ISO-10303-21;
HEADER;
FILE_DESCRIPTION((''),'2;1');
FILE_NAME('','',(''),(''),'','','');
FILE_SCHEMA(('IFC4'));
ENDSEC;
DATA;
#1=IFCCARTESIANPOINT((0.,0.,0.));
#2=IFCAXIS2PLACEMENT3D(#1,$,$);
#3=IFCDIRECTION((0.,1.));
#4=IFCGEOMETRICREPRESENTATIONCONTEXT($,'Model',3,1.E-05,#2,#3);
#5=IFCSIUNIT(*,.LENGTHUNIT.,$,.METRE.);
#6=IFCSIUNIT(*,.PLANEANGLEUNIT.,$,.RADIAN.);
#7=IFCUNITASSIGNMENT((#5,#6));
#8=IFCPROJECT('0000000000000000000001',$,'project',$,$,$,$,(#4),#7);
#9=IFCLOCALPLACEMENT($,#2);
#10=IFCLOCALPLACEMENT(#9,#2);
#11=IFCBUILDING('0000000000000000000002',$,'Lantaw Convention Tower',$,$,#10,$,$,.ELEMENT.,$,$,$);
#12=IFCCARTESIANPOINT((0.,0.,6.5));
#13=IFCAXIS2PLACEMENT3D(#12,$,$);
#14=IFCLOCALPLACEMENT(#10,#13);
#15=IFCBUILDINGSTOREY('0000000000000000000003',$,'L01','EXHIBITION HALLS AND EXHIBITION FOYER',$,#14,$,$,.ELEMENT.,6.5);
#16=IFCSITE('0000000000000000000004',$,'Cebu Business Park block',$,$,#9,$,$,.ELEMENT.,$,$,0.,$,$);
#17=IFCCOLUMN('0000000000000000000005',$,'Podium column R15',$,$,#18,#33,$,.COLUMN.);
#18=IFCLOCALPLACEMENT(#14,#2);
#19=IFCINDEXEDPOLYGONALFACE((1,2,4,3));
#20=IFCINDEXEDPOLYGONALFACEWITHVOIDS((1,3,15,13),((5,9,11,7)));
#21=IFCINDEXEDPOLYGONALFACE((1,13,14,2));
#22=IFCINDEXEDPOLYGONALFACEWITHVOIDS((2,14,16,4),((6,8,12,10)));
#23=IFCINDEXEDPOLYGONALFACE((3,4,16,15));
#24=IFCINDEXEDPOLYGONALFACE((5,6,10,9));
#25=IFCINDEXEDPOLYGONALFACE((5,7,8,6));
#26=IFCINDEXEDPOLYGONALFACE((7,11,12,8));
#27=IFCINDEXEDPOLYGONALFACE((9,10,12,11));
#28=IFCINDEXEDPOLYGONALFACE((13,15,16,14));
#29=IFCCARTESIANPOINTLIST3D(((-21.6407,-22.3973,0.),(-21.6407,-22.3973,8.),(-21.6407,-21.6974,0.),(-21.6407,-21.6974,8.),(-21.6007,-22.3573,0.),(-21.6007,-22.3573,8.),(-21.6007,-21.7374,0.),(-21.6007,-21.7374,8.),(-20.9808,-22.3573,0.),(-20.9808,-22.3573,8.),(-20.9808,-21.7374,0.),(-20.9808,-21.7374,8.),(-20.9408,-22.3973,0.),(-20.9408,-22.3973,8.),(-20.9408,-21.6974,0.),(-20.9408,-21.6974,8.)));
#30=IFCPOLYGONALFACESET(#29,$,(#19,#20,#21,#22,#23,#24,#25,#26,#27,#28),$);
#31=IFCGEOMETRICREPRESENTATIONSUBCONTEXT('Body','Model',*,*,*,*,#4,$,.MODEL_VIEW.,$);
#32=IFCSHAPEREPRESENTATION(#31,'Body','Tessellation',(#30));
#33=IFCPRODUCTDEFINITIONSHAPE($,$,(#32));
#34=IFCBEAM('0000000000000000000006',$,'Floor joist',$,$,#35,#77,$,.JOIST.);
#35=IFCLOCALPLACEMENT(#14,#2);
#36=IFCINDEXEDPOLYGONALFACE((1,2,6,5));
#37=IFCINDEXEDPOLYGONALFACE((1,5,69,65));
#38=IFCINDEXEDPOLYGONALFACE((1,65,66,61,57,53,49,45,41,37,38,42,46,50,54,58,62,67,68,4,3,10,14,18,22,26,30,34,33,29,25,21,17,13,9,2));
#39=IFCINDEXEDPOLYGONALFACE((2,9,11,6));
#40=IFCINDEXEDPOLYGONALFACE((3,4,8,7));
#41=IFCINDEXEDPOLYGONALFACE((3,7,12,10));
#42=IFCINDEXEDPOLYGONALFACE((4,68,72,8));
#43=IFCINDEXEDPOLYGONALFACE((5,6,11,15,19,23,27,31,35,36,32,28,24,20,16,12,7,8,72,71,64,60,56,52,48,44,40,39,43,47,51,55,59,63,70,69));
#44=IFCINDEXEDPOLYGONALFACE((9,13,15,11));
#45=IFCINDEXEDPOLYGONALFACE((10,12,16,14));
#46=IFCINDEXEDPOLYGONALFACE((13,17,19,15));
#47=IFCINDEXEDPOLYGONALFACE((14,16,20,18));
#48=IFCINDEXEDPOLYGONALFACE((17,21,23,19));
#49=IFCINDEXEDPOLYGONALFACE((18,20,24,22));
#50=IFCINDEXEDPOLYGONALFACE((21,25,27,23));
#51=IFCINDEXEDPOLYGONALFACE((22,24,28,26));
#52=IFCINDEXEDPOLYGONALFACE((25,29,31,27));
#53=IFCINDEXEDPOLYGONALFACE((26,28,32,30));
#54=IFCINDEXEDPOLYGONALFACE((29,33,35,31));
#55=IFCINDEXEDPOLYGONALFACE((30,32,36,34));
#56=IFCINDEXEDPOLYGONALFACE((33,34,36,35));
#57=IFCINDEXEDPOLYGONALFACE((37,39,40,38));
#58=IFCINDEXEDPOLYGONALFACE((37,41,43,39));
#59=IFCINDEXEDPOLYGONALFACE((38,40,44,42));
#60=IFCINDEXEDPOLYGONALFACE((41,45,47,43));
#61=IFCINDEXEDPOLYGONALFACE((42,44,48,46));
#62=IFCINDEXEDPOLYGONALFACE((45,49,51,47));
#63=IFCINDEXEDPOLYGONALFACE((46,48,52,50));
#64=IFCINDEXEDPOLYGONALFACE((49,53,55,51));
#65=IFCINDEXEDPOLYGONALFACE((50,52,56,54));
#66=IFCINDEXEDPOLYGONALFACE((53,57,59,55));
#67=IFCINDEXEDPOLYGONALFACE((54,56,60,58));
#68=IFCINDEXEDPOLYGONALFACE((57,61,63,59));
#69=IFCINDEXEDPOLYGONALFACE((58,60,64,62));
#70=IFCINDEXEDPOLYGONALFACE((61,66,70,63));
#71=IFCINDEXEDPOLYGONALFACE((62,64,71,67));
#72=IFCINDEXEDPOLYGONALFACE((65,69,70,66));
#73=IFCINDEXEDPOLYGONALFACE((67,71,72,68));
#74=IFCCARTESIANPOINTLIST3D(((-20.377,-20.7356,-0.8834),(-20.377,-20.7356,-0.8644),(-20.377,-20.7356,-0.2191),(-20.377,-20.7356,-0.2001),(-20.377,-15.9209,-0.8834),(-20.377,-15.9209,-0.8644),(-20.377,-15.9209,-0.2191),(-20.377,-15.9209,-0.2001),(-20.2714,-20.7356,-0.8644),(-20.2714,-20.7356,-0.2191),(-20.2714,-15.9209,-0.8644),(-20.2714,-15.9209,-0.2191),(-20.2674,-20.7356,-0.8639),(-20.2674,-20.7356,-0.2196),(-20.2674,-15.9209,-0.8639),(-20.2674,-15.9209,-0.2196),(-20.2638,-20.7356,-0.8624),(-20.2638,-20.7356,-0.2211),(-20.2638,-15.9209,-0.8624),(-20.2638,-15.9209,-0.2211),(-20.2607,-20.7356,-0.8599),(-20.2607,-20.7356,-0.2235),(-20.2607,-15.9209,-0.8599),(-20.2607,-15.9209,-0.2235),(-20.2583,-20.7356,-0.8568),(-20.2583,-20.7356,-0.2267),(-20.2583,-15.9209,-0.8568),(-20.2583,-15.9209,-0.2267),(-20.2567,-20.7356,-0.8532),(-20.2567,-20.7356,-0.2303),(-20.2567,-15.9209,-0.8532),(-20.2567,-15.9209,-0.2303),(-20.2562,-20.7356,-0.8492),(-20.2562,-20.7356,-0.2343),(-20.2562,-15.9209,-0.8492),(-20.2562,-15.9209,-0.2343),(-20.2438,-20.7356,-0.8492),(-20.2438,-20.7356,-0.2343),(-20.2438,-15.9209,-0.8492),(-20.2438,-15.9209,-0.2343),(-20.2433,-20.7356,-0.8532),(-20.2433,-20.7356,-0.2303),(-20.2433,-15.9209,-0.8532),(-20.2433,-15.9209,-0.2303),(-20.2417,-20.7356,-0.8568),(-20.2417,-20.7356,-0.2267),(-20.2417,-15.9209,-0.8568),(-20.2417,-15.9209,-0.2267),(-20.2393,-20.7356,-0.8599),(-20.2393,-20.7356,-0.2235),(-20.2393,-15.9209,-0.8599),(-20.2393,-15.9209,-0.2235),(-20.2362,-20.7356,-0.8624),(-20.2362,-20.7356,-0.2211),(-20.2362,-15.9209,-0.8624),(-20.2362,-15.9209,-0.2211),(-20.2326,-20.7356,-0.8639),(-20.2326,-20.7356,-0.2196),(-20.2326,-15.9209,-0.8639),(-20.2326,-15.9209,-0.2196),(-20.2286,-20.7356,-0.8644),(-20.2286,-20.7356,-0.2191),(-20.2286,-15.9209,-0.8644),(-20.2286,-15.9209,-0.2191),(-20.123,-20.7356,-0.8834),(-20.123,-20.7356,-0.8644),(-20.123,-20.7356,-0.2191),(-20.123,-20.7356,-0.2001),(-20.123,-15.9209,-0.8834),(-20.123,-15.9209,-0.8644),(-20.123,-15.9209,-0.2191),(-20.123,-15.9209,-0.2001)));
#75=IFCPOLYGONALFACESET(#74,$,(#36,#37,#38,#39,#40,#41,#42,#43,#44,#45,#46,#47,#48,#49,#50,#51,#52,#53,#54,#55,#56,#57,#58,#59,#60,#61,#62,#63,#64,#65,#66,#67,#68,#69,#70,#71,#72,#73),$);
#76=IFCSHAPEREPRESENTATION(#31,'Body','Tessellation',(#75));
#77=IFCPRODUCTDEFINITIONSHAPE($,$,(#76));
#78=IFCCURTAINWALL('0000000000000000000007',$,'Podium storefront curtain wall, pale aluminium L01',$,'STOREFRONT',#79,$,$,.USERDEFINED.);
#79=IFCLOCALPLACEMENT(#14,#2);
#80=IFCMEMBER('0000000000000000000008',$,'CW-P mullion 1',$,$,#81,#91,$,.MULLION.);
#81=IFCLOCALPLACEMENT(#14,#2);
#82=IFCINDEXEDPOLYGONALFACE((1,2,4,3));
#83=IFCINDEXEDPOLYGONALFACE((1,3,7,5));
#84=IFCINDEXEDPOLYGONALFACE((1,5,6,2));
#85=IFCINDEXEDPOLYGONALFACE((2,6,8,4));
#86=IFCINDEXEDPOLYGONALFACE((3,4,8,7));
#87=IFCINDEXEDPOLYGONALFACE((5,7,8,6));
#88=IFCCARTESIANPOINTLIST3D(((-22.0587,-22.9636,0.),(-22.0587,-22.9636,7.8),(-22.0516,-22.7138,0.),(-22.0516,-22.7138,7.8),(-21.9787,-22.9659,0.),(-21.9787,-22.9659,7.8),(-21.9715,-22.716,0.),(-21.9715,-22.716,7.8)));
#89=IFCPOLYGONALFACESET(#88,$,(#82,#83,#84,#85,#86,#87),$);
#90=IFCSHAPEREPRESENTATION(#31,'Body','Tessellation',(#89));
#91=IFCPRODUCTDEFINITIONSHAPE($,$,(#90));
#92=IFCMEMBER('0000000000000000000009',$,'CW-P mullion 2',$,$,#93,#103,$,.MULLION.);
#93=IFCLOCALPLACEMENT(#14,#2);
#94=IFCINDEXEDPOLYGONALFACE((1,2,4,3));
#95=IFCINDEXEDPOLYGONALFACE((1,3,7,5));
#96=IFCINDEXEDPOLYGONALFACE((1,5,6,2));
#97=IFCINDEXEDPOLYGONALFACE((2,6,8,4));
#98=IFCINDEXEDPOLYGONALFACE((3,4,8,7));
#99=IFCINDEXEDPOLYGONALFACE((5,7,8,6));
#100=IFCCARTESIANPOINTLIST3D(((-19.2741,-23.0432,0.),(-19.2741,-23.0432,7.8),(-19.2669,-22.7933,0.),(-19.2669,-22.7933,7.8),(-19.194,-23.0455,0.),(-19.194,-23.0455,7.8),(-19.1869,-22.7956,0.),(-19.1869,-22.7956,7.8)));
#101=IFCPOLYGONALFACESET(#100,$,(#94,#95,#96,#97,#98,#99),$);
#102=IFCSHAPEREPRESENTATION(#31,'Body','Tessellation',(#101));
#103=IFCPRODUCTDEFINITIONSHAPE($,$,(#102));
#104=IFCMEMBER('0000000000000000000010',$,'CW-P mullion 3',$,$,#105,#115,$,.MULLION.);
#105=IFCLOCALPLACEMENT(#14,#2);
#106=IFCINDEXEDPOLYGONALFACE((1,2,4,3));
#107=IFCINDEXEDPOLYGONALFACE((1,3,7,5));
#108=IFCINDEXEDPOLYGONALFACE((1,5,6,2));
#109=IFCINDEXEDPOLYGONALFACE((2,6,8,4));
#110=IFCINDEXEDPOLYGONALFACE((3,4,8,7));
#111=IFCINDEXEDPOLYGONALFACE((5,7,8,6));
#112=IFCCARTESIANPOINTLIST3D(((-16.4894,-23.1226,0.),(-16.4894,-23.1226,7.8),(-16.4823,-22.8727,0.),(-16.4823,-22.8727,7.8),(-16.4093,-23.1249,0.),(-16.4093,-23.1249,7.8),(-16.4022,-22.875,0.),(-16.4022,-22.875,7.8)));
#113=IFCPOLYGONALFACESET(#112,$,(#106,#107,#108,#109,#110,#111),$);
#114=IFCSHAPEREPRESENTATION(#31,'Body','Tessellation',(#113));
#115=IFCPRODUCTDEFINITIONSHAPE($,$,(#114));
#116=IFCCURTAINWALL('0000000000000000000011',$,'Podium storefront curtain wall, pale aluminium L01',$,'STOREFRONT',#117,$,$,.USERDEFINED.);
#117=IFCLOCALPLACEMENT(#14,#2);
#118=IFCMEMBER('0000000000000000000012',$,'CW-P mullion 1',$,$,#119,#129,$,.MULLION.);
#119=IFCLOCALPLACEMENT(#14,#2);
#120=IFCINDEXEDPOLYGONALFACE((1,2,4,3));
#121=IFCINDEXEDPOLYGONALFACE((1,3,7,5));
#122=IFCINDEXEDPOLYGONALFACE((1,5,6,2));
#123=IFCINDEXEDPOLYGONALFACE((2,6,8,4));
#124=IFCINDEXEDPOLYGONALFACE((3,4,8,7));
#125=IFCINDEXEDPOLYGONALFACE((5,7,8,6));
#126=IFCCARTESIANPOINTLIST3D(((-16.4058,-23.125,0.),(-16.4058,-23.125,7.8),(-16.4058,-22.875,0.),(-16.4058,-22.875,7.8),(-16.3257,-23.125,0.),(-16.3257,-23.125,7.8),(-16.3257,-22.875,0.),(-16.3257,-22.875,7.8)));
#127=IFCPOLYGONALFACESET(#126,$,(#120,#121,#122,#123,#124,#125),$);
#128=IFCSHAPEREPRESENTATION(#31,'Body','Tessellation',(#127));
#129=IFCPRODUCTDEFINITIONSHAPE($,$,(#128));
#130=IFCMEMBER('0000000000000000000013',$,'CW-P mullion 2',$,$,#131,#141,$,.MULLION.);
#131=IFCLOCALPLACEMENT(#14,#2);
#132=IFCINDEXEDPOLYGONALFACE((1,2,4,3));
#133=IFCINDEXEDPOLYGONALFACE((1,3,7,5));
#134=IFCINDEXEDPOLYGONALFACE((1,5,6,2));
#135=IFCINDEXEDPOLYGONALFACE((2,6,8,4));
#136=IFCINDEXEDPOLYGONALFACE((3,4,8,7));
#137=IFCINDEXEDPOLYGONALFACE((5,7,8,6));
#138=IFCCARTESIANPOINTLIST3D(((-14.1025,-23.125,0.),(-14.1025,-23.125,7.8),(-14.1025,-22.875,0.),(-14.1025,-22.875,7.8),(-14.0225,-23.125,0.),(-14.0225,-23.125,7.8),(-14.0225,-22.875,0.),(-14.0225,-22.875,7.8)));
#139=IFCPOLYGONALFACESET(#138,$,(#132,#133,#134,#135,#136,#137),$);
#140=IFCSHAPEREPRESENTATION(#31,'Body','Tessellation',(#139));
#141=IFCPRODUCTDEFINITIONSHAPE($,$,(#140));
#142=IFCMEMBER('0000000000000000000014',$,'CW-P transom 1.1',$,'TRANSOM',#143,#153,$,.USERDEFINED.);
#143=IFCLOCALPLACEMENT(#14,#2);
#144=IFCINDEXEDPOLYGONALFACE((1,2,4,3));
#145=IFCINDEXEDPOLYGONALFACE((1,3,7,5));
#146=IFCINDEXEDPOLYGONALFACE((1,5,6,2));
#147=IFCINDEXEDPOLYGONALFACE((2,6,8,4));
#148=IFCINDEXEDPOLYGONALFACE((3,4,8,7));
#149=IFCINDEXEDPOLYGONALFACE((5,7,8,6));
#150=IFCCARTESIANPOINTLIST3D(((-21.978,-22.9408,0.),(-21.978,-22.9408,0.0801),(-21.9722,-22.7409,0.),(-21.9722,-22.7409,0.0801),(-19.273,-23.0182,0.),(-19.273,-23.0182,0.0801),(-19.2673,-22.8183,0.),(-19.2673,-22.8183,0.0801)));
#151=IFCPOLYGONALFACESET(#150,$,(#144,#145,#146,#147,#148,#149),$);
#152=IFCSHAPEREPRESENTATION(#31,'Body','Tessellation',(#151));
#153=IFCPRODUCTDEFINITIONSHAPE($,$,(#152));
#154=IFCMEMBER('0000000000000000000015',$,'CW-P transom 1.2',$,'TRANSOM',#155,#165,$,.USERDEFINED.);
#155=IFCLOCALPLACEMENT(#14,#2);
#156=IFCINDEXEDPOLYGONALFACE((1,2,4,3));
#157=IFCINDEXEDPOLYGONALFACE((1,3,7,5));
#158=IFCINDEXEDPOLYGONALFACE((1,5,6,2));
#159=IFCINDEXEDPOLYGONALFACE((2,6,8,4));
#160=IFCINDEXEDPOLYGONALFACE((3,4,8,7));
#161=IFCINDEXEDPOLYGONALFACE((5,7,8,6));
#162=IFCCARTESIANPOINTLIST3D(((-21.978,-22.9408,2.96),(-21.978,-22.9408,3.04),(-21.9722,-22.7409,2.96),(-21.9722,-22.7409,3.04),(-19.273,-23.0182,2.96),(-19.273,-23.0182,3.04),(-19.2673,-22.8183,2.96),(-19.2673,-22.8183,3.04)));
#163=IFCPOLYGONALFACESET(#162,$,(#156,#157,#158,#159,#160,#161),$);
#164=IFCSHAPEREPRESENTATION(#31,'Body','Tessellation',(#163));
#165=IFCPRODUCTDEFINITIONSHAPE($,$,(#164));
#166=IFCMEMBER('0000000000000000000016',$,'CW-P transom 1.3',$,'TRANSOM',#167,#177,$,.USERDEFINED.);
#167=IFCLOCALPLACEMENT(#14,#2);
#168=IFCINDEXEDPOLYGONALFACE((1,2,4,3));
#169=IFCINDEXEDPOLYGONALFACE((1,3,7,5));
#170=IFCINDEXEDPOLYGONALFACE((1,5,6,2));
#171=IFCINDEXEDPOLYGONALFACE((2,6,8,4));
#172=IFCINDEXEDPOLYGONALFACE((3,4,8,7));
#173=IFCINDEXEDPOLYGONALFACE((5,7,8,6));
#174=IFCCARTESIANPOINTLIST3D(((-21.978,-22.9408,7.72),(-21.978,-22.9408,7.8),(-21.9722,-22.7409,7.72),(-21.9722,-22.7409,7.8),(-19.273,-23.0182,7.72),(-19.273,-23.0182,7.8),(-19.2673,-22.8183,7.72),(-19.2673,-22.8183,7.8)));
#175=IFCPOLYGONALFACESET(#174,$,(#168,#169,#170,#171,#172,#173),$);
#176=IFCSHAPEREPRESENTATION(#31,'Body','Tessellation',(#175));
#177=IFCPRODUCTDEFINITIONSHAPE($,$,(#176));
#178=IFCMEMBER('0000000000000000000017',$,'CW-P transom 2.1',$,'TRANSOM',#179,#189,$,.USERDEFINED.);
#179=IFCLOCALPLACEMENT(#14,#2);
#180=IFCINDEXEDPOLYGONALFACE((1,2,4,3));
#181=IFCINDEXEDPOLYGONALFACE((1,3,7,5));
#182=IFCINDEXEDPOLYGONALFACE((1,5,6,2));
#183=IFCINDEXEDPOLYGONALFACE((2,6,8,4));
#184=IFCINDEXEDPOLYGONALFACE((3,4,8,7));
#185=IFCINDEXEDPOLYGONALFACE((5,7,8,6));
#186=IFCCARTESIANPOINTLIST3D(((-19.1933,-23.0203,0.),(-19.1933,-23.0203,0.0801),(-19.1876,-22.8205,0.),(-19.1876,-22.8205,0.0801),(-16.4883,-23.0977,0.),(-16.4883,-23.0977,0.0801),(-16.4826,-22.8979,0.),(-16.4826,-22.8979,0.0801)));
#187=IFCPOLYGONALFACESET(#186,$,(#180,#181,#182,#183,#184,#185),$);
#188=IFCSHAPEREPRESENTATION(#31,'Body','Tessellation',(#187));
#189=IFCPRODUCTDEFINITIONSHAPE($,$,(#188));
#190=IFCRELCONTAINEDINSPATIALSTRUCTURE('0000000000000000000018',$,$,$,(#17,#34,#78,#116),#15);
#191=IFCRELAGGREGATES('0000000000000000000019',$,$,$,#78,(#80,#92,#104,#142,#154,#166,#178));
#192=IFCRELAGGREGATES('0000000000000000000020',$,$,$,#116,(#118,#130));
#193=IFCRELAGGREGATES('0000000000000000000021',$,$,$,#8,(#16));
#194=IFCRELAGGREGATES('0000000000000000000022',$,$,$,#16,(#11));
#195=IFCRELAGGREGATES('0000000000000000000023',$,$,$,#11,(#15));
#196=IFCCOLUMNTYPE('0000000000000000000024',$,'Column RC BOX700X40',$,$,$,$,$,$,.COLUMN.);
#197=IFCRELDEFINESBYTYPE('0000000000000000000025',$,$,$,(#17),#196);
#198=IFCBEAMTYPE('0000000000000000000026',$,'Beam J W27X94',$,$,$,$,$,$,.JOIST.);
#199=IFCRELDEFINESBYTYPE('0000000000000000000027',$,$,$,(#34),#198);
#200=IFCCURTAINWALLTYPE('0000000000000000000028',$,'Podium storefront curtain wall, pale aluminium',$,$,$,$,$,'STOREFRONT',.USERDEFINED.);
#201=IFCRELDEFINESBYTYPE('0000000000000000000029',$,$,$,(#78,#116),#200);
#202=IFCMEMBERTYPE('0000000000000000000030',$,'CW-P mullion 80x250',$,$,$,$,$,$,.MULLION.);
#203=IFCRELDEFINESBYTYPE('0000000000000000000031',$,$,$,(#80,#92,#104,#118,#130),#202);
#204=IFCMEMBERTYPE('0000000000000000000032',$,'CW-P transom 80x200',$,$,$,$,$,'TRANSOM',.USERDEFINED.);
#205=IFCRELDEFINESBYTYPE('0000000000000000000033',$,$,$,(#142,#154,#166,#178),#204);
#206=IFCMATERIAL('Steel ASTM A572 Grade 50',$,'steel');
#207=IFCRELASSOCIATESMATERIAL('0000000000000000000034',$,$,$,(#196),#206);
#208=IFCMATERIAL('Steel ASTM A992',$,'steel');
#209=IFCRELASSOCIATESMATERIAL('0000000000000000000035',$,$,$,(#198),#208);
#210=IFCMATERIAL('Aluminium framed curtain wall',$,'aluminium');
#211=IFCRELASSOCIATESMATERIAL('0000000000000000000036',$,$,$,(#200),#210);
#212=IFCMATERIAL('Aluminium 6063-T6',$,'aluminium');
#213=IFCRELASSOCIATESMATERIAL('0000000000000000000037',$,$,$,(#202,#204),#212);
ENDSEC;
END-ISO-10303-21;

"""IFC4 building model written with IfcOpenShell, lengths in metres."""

from ifc_helpers import new_model, si_unit, direction, frame, origin, origin_2d, place, context, subcontext, project, spatial, rectangle, hollow_rectangle, i_section, extrude, material, material_profile, profile_set, type_object, element, aggregate, save


model = new_model("IFC4")

# Units and contexts
model_context = context("Model", 3, precision=1e-05, world=origin(), true_north=direction((0.0, 1.0)))
body_context = subcontext(model_context, "Body", "Model", "MODEL_VIEW")
ifc_project = project(units=[si_unit("LENGTHUNIT", "METRE"), si_unit("PLANEANGLEUNIT", "RADIAN")], contexts=[model_context])

# Site, building, storey
site_placement = place(None, origin())
site = spatial("IfcSite", under=ifc_project, at=site_placement, Name="Cebu Business Park block", CompositionType="ELEMENT", RefElevation=0.0)
building_placement = place(site_placement, origin())
building = spatial("IfcBuilding", under=site, at=building_placement, Name="Lantaw Convention Tower", CompositionType="ELEMENT")
storey_placement = place(building_placement, frame((0.0, 0.0, 6.5)))
storey = spatial("IfcBuildingStorey", under=building, at=storey_placement, Name="L01", Description="EXHIBITION HALLS AND EXHIBITION FOYER", CompositionType="ELEMENT", Elevation=6.5)

# Column
ifc_material_1 = material(Name="Steel ASTM A572 Grade 50", Category="steel")
ifc_material_profile_1 = material_profile(ifc_material_1, hollow_rectangle(XDim=0.7, YDim=0.7, WallThickness=0.04, at=origin_2d()), Name="BOX700X40")
ifc_profile_set_1 = profile_set([ifc_material_profile_1], Name="Steel ASTM A572 Grade 50")
column_type = type_object("IfcColumnType", Name="Column RC BOX700X40", PredefinedType="COLUMN", material=ifc_profile_set_1)
column_placement = place(storey_placement, frame((-21.2908, -22.0474, 0.0), z_axis=(0.0, 0.0, 1.0), x_axis=(1.0, 0.0, 0.0)))
element("IfcColumn", 1, at=column_placement, inside=storey, type_object=column_type, Name="Podium column R15", PredefinedType="COLUMN", context=body_context, shape_type="SweptSolid", body=[
    extrude(hollow_rectangle(XDim=0.7, YDim=0.7, WallThickness=0.04, at=origin_2d()), origin(), (0.0, 0.0, 1.0), 8.0),
])

# Beam
ifc_material_2 = material(Name="Steel ASTM A992", Category="steel")
ifc_material_profile_2 = material_profile(ifc_material_2, i_section(OverallWidth=0.2539, OverallDepth=0.6833, WebThickness=0.0125, FlangeThickness=0.019, FilletRadius=0.0151, at=origin_2d()), Name="W27X94")
ifc_profile_set_2 = profile_set([ifc_material_profile_2], Name="Steel ASTM A992")
beam_type = type_object("IfcBeamType", Name="Beam J W27X94", PredefinedType="JOIST", material=ifc_profile_set_2)
beam_placement = place(storey_placement, frame((-20.25, -20.7356, -0.5417), z_axis=(0.0, 1.0, 0.0), x_axis=(-1.0, 0.0, 0.0)))
element("IfcBeam", 2, at=beam_placement, inside=storey, type_object=beam_type, Name="Floor joist", PredefinedType="JOIST", context=body_context, shape_type="SweptSolid", body=[
    extrude(i_section(OverallWidth=0.2539, OverallDepth=0.6833, WebThickness=0.0125, FlangeThickness=0.019, FilletRadius=0.0151, at=origin_2d()), origin(), (0.0, 0.0, 1.0), 4.8147),
])

# Curtain walls, members
ifc_material_3 = material(Name="Aluminium framed curtain wall", Category="aluminium")
curtain_wall_type = type_object("IfcCurtainWallType", Name="Podium storefront curtain wall, pale aluminium", ElementType="STOREFRONT", PredefinedType="USERDEFINED", material=ifc_material_3)
curtain_wall_1_placement = place(storey_placement, origin())
curtain_wall_1 = element("IfcCurtainWall", 3, at=curtain_wall_1_placement, inside=storey, type_object=curtain_wall_type, Name="Podium storefront curtain wall, pale aluminium L01", ObjectType="STOREFRONT", PredefinedType="USERDEFINED")
ifc_material_4 = material(Name="Aluminium 6063-T6", Category="aluminium")
ifc_material_profile_3 = material_profile(ifc_material_4, rectangle(XDim=0.25, YDim=0.0801, at=origin_2d()), Name="CW-P mullion 80x250")
ifc_profile_set_3 = profile_set([ifc_material_profile_3], Name="Aluminium 6063-T6")
member_type_1 = type_object("IfcMemberType", Name="CW-P mullion 80x250", PredefinedType="MULLION", material=ifc_profile_set_3)
member_1_placement = place(storey_placement, frame((-22.0151, -22.8398, 0.0), z_axis=(0.0, 0.0, 1.0), x_axis=(0.028552, 0.999592, 0.0)))
member_1 = element("IfcMember", 4, at=member_1_placement, type_object=member_type_1, Name="CW-P mullion 1", PredefinedType="MULLION", context=body_context, shape_type="SweptSolid", body=[
    extrude(rectangle(XDim=0.25, YDim=0.0801, at=origin_2d()), origin(), (0.0, 0.0, 1.0), 7.8),
])
member_2_placement = place(storey_placement, frame((-19.2305, -22.9194, 0.0), z_axis=(0.0, 0.0, 1.0), x_axis=(0.028552, 0.999592, 0.0)))
member_2 = element("IfcMember", 5, at=member_2_placement, type_object=member_type_1, Name="CW-P mullion 2", PredefinedType="MULLION", context=body_context, shape_type="SweptSolid", body=[
    extrude(rectangle(XDim=0.25, YDim=0.0801, at=origin_2d()), origin(), (0.0, 0.0, 1.0), 7.8),
])
member_3_placement = place(storey_placement, frame((-16.4458, -22.9988, 0.0), z_axis=(0.0, 0.0, 1.0), x_axis=(0.028552, 0.999592, 0.0)))
member_3 = element("IfcMember", 6, at=member_3_placement, type_object=member_type_1, Name="CW-P mullion 3", PredefinedType="MULLION", context=body_context, shape_type="SweptSolid", body=[
    extrude(rectangle(XDim=0.25, YDim=0.0801, at=origin_2d()), origin(), (0.0, 0.0, 1.0), 7.8),
])
curtain_wall_2_placement = place(storey_placement, origin())
curtain_wall_2 = element("IfcCurtainWall", 7, at=curtain_wall_2_placement, inside=storey, type_object=curtain_wall_type, Name="Podium storefront curtain wall, pale aluminium L01", ObjectType="STOREFRONT", PredefinedType="USERDEFINED")
member_4_placement = place(storey_placement, frame((-16.3657, -23.0, 0.0), z_axis=(0.0, 0.0, 1.0), x_axis=(0.0, 1.0, 0.0)))
member_4 = element("IfcMember", 8, at=member_4_placement, type_object=member_type_1, Name="CW-P mullion 1", PredefinedType="MULLION", context=body_context, shape_type="SweptSolid", body=[
    extrude(rectangle(XDim=0.25, YDim=0.0801, at=origin_2d()), origin(), (0.0, 0.0, 1.0), 7.8),
])
member_5_placement = place(storey_placement, frame((-14.0625, -23.0, 0.0), z_axis=(0.0, 0.0, 1.0), x_axis=(0.0, 1.0, 0.0)))
member_5 = element("IfcMember", 9, at=member_5_placement, type_object=member_type_1, Name="CW-P mullion 2", PredefinedType="MULLION", context=body_context, shape_type="SweptSolid", body=[
    extrude(rectangle(XDim=0.25, YDim=0.0801, at=origin_2d()), origin(), (0.0, 0.0, 1.0), 7.8),
])

# Members
ifc_material_profile_4 = material_profile(ifc_material_4, rectangle(XDim=0.2, YDim=0.0801, at=origin_2d()), Name="CW-P transom 80x200")
ifc_profile_set_4 = profile_set([ifc_material_profile_4], Name="Aluminium 6063-T6")
member_type_2 = type_object("IfcMemberType", Name="CW-P transom 80x200", ElementType="TRANSOM", PredefinedType="USERDEFINED", material=ifc_profile_set_4)
member_6_placement = place(storey_placement, frame((-21.9751, -22.8408, 0.04), z_axis=(0.999591, -0.028601, 0.0), x_axis=(0.028601, 0.999591, 0.0)))
member_6 = element("IfcMember", 10, at=member_6_placement, type_object=member_type_2, Name="CW-P transom 1.1", ObjectType="TRANSOM", PredefinedType="USERDEFINED", context=body_context, shape_type="SweptSolid", body=[
    extrude(rectangle(XDim=0.2, YDim=0.0801, at=origin_2d()), origin(), (0.0, 0.0, 1.0), 2.7061),
])
member_7_placement = place(storey_placement, frame((-21.9751, -22.8408, 3.0), z_axis=(0.999591, -0.028601, 0.0), x_axis=(0.028601, 0.999591, 0.0)))
member_7 = element("IfcMember", 11, at=member_7_placement, type_object=member_type_2, Name="CW-P transom 1.2", ObjectType="TRANSOM", PredefinedType="USERDEFINED", context=body_context, shape_type="SweptSolid", body=[
    extrude(rectangle(XDim=0.2, YDim=0.0801, at=origin_2d()), origin(), (0.0, 0.0, 1.0), 2.7061),
])
member_8_placement = place(storey_placement, frame((-21.9751, -22.8408, 7.76), z_axis=(0.999591, -0.028601, 0.0), x_axis=(0.028601, 0.999591, 0.0)))
member_8 = element("IfcMember", 12, at=member_8_placement, type_object=member_type_2, Name="CW-P transom 1.3", ObjectType="TRANSOM", PredefinedType="USERDEFINED", context=body_context, shape_type="SweptSolid", body=[
    extrude(rectangle(XDim=0.2, YDim=0.0801, at=origin_2d()), origin(), (0.0, 0.0, 1.0), 2.7061),
])
member_9_placement = place(storey_placement, frame((-19.1904, -22.9204, 0.04), z_axis=(0.999591, -0.028601, 0.0), x_axis=(0.028601, 0.999591, 0.0)))
member_9 = element("IfcMember", 13, at=member_9_placement, type_object=member_type_2, Name="CW-P transom 2.1", ObjectType="TRANSOM", PredefinedType="USERDEFINED", context=body_context, shape_type="SweptSolid", body=[
    extrude(rectangle(XDim=0.2, YDim=0.0801, at=origin_2d()), origin(), (0.0, 0.0, 1.0), 2.7061),
])

aggregate(curtain_wall_1, [member_1, member_2, member_3, member_6, member_7, member_8, member_9])
aggregate(curtain_wall_2, [member_4, member_5])

save(model, "model.ifc")
